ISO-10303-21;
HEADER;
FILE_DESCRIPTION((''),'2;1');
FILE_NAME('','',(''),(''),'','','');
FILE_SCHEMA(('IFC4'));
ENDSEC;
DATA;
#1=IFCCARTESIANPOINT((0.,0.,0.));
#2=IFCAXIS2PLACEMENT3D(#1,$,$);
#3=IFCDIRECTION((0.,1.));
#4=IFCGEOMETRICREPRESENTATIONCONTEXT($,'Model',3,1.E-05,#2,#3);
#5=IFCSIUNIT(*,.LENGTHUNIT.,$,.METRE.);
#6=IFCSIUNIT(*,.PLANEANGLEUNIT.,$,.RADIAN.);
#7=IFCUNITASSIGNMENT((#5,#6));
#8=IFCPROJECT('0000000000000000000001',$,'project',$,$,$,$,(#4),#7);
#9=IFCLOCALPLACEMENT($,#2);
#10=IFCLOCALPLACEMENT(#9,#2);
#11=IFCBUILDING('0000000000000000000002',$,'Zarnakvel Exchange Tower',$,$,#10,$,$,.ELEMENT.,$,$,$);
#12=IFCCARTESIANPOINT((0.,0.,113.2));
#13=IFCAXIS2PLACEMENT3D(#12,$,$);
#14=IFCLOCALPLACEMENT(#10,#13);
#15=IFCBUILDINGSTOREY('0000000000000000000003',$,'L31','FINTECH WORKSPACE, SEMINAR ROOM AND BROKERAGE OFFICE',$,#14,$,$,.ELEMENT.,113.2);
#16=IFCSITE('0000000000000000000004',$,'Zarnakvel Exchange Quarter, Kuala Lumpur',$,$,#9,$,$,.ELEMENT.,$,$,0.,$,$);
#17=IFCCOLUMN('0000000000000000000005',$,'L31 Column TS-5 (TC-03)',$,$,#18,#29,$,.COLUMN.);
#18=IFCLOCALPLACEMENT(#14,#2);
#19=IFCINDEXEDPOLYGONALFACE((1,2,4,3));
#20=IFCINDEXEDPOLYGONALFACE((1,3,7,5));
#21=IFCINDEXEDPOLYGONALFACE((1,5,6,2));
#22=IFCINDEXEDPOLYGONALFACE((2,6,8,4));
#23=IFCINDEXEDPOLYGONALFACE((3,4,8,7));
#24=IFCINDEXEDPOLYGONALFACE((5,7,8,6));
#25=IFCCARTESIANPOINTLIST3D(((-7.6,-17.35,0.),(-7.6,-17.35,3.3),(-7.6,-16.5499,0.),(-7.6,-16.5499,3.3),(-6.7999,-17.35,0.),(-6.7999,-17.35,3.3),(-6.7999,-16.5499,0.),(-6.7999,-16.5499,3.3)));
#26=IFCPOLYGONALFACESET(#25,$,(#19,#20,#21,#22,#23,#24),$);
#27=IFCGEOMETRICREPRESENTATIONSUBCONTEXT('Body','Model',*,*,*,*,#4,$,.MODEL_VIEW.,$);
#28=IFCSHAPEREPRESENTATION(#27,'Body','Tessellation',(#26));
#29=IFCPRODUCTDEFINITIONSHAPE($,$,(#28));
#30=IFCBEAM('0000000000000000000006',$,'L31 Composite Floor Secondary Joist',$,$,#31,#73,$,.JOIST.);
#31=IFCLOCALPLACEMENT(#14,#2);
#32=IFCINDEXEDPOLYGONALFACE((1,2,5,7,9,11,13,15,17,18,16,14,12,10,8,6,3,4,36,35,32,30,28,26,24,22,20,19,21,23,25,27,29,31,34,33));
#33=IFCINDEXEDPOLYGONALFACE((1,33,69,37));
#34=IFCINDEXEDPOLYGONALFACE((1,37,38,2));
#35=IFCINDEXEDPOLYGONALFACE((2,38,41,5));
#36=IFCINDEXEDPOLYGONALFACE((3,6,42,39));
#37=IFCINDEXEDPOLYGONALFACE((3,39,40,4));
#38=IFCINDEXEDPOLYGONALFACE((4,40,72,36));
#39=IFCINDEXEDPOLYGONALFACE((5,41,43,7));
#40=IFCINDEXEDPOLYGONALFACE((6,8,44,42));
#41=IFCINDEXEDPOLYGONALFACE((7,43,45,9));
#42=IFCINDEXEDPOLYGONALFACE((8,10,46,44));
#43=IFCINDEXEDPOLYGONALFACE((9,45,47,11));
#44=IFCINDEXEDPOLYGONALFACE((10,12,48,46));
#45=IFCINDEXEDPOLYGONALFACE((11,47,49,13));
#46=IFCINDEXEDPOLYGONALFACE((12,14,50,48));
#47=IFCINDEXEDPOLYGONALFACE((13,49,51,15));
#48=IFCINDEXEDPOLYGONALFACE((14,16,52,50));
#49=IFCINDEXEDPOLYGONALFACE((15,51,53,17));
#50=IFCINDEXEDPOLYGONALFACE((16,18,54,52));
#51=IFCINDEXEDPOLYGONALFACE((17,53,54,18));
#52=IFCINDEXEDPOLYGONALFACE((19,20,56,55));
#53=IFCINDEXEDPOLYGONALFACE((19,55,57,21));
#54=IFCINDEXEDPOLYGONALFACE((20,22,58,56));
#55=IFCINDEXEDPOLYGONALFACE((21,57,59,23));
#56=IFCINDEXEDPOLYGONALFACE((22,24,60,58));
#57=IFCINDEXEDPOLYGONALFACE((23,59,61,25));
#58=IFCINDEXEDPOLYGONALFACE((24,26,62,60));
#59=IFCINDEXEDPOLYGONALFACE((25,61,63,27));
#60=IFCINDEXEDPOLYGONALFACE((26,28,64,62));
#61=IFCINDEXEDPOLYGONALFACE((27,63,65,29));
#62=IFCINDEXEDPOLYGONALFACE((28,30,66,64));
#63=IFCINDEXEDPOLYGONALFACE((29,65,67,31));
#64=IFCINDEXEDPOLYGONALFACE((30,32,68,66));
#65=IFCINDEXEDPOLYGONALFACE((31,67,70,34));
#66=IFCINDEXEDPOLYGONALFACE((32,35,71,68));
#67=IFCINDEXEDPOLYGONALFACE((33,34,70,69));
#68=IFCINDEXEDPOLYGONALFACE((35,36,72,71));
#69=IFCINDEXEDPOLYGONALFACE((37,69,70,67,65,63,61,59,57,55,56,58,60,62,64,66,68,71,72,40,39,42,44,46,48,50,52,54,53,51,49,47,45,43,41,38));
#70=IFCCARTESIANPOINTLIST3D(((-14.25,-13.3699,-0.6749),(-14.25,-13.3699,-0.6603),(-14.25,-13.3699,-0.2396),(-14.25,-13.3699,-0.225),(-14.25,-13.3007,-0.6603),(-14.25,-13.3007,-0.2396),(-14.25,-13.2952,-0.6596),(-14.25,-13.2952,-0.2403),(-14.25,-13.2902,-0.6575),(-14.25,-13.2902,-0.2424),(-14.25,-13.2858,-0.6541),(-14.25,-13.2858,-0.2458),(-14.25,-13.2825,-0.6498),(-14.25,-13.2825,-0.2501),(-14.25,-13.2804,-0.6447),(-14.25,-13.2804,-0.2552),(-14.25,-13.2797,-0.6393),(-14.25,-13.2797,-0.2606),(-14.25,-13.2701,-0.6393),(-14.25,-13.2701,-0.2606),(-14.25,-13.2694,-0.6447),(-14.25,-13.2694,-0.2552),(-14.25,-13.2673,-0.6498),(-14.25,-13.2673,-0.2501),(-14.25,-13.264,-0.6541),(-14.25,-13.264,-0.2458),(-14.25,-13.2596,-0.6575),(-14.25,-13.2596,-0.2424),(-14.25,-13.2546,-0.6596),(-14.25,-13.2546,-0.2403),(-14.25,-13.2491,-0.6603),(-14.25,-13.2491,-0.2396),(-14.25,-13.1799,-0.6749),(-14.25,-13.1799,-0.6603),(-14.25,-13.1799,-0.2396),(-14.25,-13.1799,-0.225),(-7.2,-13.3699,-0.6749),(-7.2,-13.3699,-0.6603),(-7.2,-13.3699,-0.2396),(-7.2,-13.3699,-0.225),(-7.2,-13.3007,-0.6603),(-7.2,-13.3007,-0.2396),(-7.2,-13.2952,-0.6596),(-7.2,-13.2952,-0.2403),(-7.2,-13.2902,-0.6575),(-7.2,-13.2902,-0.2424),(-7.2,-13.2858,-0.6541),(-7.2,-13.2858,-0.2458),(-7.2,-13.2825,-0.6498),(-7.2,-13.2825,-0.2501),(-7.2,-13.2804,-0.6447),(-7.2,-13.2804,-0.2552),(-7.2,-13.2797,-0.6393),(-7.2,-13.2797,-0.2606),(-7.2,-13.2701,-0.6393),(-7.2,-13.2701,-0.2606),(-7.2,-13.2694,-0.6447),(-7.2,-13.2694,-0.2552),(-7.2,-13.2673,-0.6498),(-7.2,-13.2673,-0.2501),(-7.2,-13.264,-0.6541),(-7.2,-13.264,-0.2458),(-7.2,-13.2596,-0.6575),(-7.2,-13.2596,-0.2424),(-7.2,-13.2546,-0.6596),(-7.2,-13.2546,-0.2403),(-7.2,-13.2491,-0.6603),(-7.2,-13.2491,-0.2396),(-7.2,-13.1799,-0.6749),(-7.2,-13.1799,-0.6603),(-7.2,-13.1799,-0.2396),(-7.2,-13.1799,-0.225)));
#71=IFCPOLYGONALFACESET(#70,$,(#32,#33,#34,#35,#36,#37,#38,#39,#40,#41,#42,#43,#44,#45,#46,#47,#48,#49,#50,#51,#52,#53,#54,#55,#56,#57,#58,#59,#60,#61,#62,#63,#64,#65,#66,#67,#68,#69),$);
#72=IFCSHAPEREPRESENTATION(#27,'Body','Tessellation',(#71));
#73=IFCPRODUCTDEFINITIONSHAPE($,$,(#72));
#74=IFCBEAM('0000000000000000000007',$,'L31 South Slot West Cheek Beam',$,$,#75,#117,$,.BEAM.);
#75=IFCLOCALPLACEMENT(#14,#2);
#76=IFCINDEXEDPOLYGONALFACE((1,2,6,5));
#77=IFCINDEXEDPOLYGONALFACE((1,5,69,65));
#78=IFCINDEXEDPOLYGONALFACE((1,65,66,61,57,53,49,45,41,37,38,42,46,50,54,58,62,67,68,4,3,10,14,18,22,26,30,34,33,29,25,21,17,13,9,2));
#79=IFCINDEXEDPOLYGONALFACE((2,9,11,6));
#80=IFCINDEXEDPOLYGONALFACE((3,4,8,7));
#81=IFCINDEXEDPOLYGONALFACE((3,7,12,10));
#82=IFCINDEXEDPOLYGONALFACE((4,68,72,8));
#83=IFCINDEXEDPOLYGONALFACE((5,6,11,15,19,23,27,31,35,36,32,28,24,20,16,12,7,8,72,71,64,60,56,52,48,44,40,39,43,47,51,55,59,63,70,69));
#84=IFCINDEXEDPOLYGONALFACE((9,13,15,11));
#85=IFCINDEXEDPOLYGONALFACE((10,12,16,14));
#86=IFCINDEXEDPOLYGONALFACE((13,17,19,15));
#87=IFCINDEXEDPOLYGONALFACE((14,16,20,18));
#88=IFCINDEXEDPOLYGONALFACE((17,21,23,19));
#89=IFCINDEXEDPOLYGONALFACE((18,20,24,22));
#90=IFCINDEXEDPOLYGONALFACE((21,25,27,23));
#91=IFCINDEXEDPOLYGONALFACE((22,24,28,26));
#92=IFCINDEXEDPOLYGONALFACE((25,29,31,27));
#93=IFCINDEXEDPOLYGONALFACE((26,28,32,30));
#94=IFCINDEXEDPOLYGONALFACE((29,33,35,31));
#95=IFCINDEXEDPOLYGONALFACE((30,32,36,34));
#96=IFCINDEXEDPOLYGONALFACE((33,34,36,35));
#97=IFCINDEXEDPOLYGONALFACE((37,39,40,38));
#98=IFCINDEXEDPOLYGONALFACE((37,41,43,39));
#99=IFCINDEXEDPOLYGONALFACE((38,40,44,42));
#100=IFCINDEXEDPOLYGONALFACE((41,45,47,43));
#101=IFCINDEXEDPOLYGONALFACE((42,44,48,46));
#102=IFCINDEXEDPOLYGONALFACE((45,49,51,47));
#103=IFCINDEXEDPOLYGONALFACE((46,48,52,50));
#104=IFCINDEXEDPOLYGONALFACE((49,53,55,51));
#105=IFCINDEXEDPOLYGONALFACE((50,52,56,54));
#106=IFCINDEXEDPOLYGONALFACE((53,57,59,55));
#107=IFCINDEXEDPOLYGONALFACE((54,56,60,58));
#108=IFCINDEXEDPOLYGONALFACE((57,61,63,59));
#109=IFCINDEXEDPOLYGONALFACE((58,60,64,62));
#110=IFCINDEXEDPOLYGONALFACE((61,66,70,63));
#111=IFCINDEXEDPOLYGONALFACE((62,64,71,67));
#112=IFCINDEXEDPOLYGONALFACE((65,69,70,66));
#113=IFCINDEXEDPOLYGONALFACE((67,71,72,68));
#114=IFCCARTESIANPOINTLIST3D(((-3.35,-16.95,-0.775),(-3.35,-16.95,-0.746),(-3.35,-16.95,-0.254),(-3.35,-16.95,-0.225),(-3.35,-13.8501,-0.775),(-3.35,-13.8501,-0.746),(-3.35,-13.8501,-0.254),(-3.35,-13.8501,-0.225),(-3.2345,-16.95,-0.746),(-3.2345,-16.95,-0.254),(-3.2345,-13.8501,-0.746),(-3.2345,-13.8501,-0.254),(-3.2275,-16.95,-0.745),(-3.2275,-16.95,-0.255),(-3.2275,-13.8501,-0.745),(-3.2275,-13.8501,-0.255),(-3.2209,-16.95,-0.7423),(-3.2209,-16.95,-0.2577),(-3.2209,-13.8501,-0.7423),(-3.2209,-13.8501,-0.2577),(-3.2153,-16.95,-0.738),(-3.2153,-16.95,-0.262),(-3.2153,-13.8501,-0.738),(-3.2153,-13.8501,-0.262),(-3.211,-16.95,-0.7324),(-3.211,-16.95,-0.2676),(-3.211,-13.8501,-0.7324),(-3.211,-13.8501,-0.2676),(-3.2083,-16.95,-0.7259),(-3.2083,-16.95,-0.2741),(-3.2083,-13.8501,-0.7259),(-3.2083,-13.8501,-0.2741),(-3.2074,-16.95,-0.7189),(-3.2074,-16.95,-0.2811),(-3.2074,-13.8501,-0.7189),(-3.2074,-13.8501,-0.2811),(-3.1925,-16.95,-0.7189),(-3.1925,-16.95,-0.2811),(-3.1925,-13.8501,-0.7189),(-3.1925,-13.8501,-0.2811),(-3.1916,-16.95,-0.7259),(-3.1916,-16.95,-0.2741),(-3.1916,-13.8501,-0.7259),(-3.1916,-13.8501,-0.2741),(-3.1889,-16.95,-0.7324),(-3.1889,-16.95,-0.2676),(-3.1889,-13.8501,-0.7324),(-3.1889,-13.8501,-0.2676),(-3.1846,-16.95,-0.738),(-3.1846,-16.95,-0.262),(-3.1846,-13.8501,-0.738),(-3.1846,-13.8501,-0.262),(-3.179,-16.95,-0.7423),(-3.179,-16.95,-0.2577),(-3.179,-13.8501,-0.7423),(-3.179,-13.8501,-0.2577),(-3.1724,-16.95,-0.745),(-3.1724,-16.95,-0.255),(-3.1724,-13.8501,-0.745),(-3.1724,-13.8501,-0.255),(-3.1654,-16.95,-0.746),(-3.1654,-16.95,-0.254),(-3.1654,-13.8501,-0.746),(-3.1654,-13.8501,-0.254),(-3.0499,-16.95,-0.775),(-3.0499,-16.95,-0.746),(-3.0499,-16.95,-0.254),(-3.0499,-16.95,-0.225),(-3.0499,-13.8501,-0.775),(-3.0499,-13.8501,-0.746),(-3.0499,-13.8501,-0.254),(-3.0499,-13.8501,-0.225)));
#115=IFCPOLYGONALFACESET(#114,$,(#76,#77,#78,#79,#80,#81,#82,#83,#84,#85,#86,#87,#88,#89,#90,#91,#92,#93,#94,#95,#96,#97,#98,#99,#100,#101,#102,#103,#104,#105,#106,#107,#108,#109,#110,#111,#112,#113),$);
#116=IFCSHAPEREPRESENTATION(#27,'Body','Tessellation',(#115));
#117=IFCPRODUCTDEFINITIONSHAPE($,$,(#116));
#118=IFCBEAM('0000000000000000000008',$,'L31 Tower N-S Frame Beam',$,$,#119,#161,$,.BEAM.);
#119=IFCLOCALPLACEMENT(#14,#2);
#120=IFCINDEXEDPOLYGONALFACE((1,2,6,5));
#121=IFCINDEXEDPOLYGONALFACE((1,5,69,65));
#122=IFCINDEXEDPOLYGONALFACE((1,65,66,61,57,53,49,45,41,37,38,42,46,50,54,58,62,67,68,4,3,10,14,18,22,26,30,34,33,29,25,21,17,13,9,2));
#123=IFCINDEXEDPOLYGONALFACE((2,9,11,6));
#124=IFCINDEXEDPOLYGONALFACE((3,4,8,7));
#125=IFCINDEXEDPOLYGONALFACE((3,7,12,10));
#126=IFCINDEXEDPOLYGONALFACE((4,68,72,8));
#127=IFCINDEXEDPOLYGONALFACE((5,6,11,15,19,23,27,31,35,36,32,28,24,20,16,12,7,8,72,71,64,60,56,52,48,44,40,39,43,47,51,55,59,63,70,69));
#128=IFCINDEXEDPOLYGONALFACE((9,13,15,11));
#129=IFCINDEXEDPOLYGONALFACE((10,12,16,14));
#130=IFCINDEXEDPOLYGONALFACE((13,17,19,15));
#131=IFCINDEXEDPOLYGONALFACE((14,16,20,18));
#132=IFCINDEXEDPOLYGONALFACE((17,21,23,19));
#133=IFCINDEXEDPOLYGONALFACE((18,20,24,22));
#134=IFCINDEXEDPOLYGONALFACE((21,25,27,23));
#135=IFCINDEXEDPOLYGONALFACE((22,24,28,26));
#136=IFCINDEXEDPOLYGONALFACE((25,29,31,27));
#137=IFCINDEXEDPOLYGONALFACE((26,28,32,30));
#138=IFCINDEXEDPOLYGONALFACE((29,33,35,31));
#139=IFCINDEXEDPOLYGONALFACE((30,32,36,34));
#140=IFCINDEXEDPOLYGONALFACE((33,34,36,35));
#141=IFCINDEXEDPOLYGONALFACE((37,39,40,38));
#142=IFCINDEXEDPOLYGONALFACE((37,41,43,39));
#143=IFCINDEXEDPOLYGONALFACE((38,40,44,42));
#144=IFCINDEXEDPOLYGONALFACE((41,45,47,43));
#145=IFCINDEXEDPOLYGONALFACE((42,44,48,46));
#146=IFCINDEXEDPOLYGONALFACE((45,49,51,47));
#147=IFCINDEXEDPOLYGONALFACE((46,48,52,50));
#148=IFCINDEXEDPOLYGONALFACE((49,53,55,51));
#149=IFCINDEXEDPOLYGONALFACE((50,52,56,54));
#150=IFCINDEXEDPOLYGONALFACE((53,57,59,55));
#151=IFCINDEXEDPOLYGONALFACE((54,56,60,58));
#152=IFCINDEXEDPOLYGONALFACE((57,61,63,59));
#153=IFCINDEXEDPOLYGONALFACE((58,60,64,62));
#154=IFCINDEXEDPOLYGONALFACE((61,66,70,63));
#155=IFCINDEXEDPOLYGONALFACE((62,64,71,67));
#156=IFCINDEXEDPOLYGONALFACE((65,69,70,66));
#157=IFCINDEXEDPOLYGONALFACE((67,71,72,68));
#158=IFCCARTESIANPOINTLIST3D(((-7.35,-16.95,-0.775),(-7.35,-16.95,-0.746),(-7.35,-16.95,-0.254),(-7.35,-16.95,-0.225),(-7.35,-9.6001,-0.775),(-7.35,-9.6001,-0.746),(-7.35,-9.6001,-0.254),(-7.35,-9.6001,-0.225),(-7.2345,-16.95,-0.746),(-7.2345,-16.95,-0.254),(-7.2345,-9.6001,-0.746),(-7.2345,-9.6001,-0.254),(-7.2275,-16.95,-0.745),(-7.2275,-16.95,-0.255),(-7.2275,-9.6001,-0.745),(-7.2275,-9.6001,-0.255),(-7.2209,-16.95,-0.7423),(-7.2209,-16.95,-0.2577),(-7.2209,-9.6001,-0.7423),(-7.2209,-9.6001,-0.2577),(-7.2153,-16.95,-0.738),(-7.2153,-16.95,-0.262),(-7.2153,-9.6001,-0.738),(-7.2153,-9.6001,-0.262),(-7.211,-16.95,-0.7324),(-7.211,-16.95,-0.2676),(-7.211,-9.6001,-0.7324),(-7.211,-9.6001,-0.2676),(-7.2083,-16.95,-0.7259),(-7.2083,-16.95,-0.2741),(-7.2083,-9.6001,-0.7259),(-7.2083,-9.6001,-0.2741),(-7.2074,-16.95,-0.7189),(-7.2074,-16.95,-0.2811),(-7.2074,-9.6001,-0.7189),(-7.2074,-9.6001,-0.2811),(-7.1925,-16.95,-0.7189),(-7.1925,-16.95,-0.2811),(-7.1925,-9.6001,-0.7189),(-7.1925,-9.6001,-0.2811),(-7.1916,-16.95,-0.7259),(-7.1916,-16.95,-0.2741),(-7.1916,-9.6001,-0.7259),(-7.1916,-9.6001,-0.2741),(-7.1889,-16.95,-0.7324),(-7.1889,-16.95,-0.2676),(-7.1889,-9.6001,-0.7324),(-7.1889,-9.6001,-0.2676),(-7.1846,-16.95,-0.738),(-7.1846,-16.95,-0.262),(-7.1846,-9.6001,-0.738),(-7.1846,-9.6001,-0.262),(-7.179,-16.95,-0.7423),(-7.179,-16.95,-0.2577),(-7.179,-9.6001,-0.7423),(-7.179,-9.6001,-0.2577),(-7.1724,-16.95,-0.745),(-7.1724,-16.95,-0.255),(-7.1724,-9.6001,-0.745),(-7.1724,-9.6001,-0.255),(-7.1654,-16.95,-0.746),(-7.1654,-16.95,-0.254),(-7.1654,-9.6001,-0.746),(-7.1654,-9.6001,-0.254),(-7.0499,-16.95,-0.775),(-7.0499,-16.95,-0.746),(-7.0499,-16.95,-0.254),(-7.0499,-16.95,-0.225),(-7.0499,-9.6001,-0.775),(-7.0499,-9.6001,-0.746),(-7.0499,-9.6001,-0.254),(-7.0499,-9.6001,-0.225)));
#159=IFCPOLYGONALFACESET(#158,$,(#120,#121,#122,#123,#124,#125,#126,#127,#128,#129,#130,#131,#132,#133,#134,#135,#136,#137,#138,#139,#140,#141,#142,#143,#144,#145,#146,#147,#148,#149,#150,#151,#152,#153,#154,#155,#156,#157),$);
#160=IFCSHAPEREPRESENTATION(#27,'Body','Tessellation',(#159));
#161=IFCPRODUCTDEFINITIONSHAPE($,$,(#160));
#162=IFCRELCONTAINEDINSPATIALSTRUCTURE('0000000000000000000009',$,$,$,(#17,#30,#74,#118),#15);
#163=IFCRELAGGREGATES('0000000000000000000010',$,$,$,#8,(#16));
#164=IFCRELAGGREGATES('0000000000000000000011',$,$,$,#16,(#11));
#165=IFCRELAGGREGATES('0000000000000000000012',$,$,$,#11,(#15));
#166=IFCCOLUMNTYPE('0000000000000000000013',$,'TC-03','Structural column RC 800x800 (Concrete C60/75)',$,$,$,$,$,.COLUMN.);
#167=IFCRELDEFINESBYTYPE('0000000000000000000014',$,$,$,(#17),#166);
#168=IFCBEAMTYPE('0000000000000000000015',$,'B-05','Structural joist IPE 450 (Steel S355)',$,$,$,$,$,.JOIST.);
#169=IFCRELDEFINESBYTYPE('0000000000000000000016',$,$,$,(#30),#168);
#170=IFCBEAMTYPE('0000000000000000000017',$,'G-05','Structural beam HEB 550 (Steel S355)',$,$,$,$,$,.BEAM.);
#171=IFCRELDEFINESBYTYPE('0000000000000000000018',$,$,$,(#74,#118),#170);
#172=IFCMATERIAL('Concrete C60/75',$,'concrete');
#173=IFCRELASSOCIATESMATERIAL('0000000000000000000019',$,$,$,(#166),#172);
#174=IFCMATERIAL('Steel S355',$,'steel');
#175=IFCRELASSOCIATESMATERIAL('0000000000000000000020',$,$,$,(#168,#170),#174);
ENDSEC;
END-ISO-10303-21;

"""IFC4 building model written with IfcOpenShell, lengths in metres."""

from ifc_helpers import new_model, si_unit, direction, frame, origin, origin_2d, place, context, subcontext, project, spatial, rectangle, i_section, extrude, material, material_profile, profile_set, type_object, element, save


model = new_model("IFC4")

# Units and contexts
model_context = context("Model", 3, precision=1e-05, world=origin(), true_north=direction((0.0, 1.0)))
body_context = subcontext(model_context, "Body", "Model", "MODEL_VIEW")
ifc_project = project(units=[si_unit("LENGTHUNIT", "METRE"), si_unit("PLANEANGLEUNIT", "RADIAN")], contexts=[model_context])

# Site, building, storey
site_placement = place(None, origin())
site = spatial("IfcSite", under=ifc_project, at=site_placement, Name="Zarnakvel Exchange Quarter, Kuala Lumpur", CompositionType="ELEMENT", RefElevation=0.0)
building_placement = place(site_placement, origin())
building = spatial("IfcBuilding", under=site, at=building_placement, Name="Zarnakvel Exchange Tower", CompositionType="ELEMENT")
storey_placement = place(building_placement, frame((0.0, 0.0, 113.2)))
storey = spatial("IfcBuildingStorey", under=building, at=storey_placement, Name="L31", Description="FINTECH WORKSPACE, SEMINAR ROOM AND BROKERAGE OFFICE", CompositionType="ELEMENT", Elevation=113.2)

# Column
ifc_material_1 = material(Name="Concrete C60/75", Category="concrete")
ifc_material_profile_1 = material_profile(ifc_material_1, rectangle(XDim=0.8, YDim=0.8, at=origin_2d()))
ifc_profile_set_1 = profile_set([ifc_material_profile_1], Name="Concrete C60/75")
column_type = type_object("IfcColumnType", Name="TC-03", Description="Structural column RC 800x800 (Concrete C60/75)", PredefinedType="COLUMN", material=ifc_profile_set_1)
column_placement = place(storey_placement, frame((-7.2, -16.95, 0.0), z_axis=(0.0, 0.0, 1.0), x_axis=(1.0, 0.0, 0.0)))
element("IfcColumn", 1, at=column_placement, inside=storey, type_object=column_type, Name="L31 Column TS-5 (TC-03)", PredefinedType="COLUMN", context=body_context, shape_type="SweptSolid", body=[
    extrude(rectangle(XDim=0.8, YDim=0.8, at=origin_2d()), origin(), (0.0, 0.0, 1.0), 3.3),
])

# Beams
ifc_material_2 = material(Name="Steel S355", Category="steel")
ifc_material_profile_2 = material_profile(ifc_material_2, i_section(OverallWidth=0.1899, OverallDepth=0.45, WebThickness=0.0095, FlangeThickness=0.0146, FilletRadius=0.021, at=origin_2d()))
ifc_profile_set_2 = profile_set([ifc_material_profile_2], Name="Steel S355")
beam_type_1 = type_object("IfcBeamType", Name="B-05", Description="Structural joist IPE 450 (Steel S355)", PredefinedType="JOIST", material=ifc_profile_set_2)
beam_1_placement = place(storey_placement, frame((-14.25, -13.2749, -0.45), z_axis=(1.0, 0.0, 0.0), x_axis=(0.0, 1.0, 0.0)))
element("IfcBeam", 2, at=beam_1_placement, inside=storey, type_object=beam_type_1, Name="L31 Composite Floor Secondary Joist", PredefinedType="JOIST", context=body_context, shape_type="SweptSolid", body=[
    extrude(i_section(OverallWidth=0.1899, OverallDepth=0.45, WebThickness=0.0095, FlangeThickness=0.0146, FilletRadius=0.021, at=origin_2d()), origin(), (0.0, 0.0, 1.0), 7.05),
])
ifc_material_profile_3 = material_profile(ifc_material_2, i_section(OverallWidth=0.3, OverallDepth=0.55, WebThickness=0.0149, FlangeThickness=0.0291, FilletRadius=0.0271, at=origin_2d()))
ifc_profile_set_3 = profile_set([ifc_material_profile_3], Name="Steel S355")
beam_type_2 = type_object("IfcBeamType", Name="G-05", Description="Structural beam HEB 550 (Steel S355)", PredefinedType="BEAM", material=ifc_profile_set_3)
beam_2_placement = place(storey_placement, frame((-3.2, -16.95, -0.5), z_axis=(0.0, 1.0, 0.0), x_axis=(-1.0, 0.0, 0.0)))
element("IfcBeam", 3, at=beam_2_placement, inside=storey, type_object=beam_type_2, Name="L31 South Slot West Cheek Beam", PredefinedType="BEAM", context=body_context, shape_type="SweptSolid", body=[
    extrude(i_section(OverallWidth=0.3, OverallDepth=0.55, WebThickness=0.0149, FlangeThickness=0.0291, FilletRadius=0.0271, at=origin_2d()), origin(), (0.0, 0.0, 1.0), 3.0999),
])
beam_3_placement = place(storey_placement, frame((-7.2, -16.95, -0.5), z_axis=(0.0, 1.0, 0.0), x_axis=(-1.0, 0.0, 0.0)))
element("IfcBeam", 4, at=beam_3_placement, inside=storey, type_object=beam_type_2, Name="L31 Tower N-S Frame Beam", PredefinedType="BEAM", context=body_context, shape_type="SweptSolid", body=[
    extrude(i_section(OverallWidth=0.3, OverallDepth=0.55, WebThickness=0.0149, FlangeThickness=0.0291, FilletRadius=0.0271, at=origin_2d()), origin(), (0.0, 0.0, 1.0), 7.3499),
])

save(model, "model.ifc")
